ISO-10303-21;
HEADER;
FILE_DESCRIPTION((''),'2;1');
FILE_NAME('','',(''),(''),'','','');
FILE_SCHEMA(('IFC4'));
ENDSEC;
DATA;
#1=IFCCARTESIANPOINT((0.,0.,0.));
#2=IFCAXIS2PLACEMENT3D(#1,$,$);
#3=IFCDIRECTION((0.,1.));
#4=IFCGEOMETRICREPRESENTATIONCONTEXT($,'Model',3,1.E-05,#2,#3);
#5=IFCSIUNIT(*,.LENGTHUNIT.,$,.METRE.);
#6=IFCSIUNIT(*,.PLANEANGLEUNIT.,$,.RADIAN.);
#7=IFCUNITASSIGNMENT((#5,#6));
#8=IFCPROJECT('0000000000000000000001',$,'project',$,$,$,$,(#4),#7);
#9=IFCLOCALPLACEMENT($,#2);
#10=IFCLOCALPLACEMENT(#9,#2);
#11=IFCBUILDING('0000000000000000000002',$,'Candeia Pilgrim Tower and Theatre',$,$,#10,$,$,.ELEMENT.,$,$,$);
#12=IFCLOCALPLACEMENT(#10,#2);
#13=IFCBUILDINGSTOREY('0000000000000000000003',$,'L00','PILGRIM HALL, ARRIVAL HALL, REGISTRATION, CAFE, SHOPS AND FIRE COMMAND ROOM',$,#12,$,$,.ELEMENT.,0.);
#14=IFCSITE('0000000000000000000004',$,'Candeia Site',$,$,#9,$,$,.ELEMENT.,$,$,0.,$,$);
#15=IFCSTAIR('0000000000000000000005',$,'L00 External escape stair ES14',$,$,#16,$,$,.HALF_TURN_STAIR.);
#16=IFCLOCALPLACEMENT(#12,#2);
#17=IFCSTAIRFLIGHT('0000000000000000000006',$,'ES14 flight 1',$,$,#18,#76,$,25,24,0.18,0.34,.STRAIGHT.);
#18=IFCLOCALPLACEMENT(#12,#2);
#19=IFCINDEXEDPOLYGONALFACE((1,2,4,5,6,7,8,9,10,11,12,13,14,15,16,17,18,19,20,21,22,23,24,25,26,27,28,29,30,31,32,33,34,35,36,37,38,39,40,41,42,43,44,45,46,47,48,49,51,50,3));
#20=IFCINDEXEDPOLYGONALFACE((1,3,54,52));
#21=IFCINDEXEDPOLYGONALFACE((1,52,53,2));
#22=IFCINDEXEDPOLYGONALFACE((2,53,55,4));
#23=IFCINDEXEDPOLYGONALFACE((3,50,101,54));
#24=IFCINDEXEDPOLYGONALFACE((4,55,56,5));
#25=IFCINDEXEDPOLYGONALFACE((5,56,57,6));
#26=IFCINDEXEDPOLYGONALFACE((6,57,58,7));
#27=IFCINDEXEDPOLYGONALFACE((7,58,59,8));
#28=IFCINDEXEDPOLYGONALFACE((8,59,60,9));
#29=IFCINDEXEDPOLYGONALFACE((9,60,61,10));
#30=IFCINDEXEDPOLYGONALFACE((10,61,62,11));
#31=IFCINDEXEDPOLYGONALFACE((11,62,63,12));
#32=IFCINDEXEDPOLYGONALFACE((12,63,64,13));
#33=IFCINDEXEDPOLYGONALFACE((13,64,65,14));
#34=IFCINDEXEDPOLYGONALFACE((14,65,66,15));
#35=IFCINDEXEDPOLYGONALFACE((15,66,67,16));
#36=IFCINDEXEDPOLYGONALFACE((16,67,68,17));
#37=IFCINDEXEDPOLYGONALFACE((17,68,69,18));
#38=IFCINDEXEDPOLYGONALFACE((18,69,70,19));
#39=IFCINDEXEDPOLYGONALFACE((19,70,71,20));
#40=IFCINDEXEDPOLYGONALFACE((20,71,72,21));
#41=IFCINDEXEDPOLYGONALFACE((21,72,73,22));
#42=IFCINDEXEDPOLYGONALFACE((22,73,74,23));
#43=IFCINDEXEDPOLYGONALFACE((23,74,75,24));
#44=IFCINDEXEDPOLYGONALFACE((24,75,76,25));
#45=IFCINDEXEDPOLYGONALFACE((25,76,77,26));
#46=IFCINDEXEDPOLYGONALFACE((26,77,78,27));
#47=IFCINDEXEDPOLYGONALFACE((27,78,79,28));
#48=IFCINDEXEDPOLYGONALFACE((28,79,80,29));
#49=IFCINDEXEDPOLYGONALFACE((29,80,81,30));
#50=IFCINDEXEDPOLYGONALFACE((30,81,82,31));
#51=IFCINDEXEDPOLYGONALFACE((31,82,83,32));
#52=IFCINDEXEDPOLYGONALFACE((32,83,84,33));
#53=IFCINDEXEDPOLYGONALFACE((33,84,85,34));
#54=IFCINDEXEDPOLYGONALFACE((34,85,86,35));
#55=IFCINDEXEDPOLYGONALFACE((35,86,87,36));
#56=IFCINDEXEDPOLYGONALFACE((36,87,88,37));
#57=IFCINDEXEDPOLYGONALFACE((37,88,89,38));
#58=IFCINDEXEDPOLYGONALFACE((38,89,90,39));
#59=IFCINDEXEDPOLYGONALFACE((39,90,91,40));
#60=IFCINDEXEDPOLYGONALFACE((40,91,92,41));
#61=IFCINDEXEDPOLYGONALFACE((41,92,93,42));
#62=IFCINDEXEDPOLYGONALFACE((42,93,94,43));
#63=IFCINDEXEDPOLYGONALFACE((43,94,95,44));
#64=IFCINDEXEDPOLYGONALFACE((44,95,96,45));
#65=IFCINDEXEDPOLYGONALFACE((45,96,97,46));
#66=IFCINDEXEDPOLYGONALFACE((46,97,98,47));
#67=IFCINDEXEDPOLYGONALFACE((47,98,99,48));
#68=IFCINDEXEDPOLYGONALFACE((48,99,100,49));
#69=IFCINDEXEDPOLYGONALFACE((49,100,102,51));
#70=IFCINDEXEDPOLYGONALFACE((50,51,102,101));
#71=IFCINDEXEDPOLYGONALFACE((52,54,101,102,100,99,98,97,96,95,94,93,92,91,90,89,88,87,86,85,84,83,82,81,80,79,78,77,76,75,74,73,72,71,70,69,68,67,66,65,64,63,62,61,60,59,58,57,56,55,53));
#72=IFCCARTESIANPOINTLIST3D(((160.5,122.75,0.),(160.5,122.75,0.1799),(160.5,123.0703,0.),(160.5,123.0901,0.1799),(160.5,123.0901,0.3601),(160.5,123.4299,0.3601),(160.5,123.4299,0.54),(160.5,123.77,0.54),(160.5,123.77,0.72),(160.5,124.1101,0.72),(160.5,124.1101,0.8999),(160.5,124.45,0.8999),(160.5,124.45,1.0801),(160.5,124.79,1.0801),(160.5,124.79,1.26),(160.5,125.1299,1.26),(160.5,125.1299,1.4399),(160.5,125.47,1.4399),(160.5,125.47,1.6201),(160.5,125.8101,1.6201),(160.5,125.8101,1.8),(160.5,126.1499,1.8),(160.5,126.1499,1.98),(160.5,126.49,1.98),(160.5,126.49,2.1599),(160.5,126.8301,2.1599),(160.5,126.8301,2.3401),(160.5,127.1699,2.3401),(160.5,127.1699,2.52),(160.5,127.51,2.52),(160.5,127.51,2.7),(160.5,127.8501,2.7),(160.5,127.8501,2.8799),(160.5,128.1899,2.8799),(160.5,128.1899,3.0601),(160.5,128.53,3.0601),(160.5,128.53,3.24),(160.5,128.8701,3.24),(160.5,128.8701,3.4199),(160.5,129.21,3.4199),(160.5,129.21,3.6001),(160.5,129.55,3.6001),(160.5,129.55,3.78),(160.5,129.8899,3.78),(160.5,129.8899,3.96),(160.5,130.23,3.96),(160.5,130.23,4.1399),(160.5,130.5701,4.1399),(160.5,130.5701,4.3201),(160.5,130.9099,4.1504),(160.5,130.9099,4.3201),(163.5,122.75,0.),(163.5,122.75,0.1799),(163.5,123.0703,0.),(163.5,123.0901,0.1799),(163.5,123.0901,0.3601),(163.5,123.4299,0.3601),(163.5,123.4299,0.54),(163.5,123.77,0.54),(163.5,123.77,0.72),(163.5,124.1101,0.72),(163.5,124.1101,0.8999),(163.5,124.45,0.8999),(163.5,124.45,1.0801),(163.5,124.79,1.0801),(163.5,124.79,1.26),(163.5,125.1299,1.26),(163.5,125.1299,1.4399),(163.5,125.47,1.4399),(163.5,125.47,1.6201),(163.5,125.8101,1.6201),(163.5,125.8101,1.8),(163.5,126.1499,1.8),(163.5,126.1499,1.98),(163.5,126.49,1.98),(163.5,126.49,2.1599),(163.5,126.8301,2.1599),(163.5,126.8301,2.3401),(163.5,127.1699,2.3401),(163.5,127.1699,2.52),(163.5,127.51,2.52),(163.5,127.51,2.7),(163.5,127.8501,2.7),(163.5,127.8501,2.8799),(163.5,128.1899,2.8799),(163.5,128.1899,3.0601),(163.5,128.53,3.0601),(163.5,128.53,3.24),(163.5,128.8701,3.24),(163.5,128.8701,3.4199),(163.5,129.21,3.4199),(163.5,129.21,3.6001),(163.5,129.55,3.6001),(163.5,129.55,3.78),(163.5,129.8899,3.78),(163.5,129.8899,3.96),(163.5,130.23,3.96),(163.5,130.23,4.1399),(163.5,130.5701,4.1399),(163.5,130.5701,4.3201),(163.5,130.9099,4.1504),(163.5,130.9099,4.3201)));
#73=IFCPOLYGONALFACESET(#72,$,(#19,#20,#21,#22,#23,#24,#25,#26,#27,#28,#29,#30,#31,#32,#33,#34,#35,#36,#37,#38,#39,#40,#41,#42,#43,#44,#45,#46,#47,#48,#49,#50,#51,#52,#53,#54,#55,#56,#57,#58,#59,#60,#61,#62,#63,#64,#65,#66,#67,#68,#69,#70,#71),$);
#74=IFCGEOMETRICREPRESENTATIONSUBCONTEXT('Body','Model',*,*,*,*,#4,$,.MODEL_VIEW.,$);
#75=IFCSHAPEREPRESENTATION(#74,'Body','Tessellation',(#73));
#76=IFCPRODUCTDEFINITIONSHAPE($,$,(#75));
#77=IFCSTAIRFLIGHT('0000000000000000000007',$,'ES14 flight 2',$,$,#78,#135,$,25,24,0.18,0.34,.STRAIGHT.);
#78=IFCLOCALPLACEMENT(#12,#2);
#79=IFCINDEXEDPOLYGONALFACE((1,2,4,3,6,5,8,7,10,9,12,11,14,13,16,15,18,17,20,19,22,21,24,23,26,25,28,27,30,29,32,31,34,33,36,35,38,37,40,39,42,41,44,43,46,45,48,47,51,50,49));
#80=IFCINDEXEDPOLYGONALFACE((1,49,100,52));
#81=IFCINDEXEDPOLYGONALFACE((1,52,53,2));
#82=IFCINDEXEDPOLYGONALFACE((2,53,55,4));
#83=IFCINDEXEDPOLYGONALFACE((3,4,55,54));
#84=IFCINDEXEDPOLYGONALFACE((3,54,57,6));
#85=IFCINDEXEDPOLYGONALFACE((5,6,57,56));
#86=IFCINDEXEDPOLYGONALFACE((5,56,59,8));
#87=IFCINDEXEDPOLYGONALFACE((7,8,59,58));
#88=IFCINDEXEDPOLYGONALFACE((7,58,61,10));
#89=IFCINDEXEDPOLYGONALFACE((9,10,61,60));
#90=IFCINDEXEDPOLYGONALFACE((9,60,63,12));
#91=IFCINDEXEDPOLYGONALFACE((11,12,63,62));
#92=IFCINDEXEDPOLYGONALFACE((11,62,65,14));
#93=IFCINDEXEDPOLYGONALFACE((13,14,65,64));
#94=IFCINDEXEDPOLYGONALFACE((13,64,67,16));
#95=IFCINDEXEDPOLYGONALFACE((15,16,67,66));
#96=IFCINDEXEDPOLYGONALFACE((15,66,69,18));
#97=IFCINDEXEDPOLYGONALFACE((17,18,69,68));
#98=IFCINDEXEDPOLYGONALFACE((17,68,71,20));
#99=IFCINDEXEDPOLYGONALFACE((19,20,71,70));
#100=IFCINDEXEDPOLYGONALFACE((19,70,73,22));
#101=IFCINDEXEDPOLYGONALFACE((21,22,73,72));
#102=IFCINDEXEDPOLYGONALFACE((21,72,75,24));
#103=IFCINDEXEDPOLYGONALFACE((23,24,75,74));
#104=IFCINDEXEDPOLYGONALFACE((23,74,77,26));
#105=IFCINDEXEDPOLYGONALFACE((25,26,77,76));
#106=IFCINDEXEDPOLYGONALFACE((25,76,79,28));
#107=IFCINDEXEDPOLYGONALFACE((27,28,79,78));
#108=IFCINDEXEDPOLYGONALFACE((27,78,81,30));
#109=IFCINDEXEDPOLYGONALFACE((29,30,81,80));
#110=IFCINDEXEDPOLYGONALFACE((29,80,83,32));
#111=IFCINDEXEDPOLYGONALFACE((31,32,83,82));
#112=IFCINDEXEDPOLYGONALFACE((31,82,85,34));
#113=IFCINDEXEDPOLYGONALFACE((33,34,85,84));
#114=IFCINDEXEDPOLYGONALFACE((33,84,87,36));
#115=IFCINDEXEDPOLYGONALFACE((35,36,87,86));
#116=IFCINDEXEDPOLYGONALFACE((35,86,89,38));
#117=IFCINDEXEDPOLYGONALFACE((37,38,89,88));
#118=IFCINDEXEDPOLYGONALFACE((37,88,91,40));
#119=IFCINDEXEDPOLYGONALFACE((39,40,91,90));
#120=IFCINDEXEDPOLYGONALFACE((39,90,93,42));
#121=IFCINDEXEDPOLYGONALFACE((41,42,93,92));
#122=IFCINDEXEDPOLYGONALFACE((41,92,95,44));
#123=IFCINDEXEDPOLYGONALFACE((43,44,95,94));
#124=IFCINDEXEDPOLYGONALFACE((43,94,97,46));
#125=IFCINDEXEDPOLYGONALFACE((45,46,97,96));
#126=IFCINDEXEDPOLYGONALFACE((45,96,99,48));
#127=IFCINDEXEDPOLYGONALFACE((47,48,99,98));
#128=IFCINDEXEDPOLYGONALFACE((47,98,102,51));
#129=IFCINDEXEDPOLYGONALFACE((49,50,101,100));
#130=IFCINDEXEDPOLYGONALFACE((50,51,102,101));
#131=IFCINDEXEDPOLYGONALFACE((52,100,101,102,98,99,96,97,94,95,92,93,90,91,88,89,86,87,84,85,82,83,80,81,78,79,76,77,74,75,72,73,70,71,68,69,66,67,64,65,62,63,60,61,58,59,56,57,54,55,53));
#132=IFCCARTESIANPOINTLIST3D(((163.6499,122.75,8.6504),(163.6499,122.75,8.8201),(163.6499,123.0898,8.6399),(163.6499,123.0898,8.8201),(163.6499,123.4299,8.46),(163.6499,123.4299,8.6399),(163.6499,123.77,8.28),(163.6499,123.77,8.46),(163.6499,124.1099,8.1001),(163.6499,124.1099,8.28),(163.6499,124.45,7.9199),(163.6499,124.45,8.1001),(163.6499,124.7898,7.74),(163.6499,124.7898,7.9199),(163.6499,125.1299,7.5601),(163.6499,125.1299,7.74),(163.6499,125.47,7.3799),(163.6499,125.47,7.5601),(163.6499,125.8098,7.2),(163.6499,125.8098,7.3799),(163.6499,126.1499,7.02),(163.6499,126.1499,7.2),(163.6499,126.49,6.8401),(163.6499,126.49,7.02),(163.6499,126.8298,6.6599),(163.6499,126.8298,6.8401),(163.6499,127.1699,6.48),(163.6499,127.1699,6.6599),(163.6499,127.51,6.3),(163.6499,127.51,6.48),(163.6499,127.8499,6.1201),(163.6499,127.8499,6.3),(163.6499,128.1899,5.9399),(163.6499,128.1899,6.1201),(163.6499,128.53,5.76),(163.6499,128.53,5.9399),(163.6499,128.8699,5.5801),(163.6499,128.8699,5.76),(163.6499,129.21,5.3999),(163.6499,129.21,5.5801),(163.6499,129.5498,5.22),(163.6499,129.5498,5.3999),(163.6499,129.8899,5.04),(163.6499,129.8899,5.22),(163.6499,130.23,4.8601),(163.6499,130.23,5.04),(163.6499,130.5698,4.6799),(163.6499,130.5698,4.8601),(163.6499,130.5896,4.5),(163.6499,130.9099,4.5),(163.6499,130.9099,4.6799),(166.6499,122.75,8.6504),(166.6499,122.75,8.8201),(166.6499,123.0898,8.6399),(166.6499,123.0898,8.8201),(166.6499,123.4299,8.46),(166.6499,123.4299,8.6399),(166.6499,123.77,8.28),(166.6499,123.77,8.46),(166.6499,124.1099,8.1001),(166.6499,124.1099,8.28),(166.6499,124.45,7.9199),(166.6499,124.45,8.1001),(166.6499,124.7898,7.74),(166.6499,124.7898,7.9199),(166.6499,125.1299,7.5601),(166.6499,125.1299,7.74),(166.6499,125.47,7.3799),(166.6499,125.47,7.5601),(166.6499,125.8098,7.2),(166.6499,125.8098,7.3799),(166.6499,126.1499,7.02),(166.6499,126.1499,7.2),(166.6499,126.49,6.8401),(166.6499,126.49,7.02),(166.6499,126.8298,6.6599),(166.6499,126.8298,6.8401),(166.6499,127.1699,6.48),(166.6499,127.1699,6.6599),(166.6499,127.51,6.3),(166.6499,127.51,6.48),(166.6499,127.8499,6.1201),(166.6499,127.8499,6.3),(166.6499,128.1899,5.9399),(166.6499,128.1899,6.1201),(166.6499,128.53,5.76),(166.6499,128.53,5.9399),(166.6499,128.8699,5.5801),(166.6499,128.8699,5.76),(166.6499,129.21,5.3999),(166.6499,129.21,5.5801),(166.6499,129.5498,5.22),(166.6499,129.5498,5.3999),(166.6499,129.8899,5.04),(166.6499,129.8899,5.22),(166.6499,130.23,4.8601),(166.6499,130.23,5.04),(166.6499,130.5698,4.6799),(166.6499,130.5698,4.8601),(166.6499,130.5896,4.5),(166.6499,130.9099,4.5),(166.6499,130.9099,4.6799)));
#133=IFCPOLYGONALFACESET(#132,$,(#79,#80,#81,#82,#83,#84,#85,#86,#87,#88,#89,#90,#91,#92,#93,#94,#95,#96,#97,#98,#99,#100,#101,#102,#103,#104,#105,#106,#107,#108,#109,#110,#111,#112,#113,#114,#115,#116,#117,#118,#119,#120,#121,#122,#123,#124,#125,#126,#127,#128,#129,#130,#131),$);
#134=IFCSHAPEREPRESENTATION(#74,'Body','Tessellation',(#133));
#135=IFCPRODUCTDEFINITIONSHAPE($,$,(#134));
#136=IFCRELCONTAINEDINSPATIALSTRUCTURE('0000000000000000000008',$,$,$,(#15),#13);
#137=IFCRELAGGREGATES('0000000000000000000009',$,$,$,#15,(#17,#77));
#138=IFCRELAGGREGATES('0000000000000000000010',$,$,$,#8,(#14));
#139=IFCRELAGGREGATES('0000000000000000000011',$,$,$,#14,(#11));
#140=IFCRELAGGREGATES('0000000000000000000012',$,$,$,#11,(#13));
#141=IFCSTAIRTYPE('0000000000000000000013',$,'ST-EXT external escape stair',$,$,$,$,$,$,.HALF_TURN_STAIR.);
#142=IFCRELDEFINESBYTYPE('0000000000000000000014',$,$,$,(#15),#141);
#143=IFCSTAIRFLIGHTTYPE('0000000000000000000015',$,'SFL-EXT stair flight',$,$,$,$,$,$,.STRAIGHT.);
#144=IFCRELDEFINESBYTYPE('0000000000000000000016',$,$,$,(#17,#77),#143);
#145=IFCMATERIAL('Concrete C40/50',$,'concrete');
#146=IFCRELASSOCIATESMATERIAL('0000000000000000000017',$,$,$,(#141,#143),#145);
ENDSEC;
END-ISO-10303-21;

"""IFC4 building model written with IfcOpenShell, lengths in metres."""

from ifc_helpers import new_model, si_unit, direction, frame, origin, place, context, subcontext, project, spatial, polyline, outline, extrude, material, type_object, element, aggregate, save


model = new_model("IFC4")

# Units and contexts
model_context = context("Model", 3, precision=1e-05, world=origin(), true_north=direction((0.0, 1.0)))
body_context = subcontext(model_context, "Body", "Model", "MODEL_VIEW")
ifc_project = project(units=[si_unit("LENGTHUNIT", "METRE"), si_unit("PLANEANGLEUNIT", "RADIAN")], contexts=[model_context])

# Site, building, storey
site_placement = place(None, origin())
site = spatial("IfcSite", under=ifc_project, at=site_placement, Name="Candeia Site", CompositionType="ELEMENT", RefElevation=0.0)
building_placement = place(site_placement, origin())
building = spatial("IfcBuilding", under=site, at=building_placement, Name="Candeia Pilgrim Tower and Theatre", CompositionType="ELEMENT")
storey_placement = place(building_placement, origin())
storey = spatial("IfcBuildingStorey", under=building, at=storey_placement, Name="L00", Description="PILGRIM HALL, ARRIVAL HALL, REGISTRATION, CAFE, SHOPS AND FIRE COMMAND ROOM", CompositionType="ELEMENT", Elevation=0.0)

# Shared definitions
ifc_material_1 = material(Name="Concrete C40/50", Category="concrete")

# Stair, stair flights
stair_type = type_object("IfcStairType", Name="ST-EXT external escape stair", PredefinedType="HALF_TURN_STAIR", material=ifc_material_1)
stair_placement = place(storey_placement, origin())
stair = element("IfcStair", 1, at=stair_placement, inside=storey, type_object=stair_type, Name="L00 External escape stair ES14", PredefinedType="HALF_TURN_STAIR")
stair_flight_type = type_object("IfcStairFlightType", Name="SFL-EXT stair flight", PredefinedType="STRAIGHT", material=ifc_material_1)
stair_flight_1_placement = place(storey_placement, frame((162.0, 122.75, 0.0), z_axis=(0.0, 0.0, 1.0), x_axis=(0.0, 1.0, 0.0)))
stair_flight_1 = element("IfcStairFlight", 2, at=stair_flight_1_placement, type_object=stair_flight_type, Name="ES14 flight 1", NumberOfRisers=25, NumberOfTreads=24, PredefinedType="STRAIGHT", RiserHeight=0.18, TreadLength=0.34, context=body_context, shape_type="SweptSolid", body=[
    extrude(outline(polyline([(0.0, 0.0), (0.0, 0.1799), (0.3401, 0.1799), (0.3401, 0.3601), (0.6799, 0.3601), (0.6799, 0.54), (1.02, 0.54), (1.02, 0.72), (1.3601, 0.72), (1.3601, 0.8999), (1.7, 0.8999), (1.7, 1.0801), (2.04, 1.0801), (2.04, 1.26), (2.3799, 1.26), (2.3799, 1.4399), (2.72, 1.4399), (2.72, 1.6201), (3.0601, 1.6201), (3.0601, 1.8), (3.3999, 1.8), (3.3999, 1.98), (3.74, 1.98), (3.74, 2.1599), (4.0801, 2.1599), (4.0801, 2.3401), (4.4199, 2.3401), (4.4199, 2.52), (4.76, 2.52), (4.76, 2.7), (5.1001, 2.7), (5.1001, 2.8799), (5.4399, 2.8799), (5.4399, 3.0601), (5.78, 3.0601), (5.78, 3.24), (6.1201, 3.24), (6.1201, 3.4199), (6.46, 3.4199), (6.46, 3.6001), (6.8, 3.6001), (6.8, 3.78), (7.1399, 3.78), (7.1399, 3.96), (7.48, 3.96), (7.48, 4.1399), (7.8201, 4.1399), (7.8201, 4.3201), (8.1599, 4.3201), (8.1599, 4.5), (8.1599, 4.1504), (0.3203, 0.0), (0.0, 0.0)])), frame((0.0, 1.5, 0.0), z_axis=(0.0, -1.0, 0.0), x_axis=(1.0, 0.0, 0.0)), (0.0, 0.0, 1.0), 3.0),
])
stair_flight_2_placement = place(storey_placement, frame((165.1499, 130.9099, 4.5), z_axis=(0.0, 0.0, 1.0), x_axis=(0.0, -1.0, 0.0)))
stair_flight_2 = element("IfcStairFlight", 3, at=stair_flight_2_placement, type_object=stair_flight_type, Name="ES14 flight 2", NumberOfRisers=25, NumberOfTreads=24, PredefinedType="STRAIGHT", RiserHeight=0.18, TreadLength=0.34, context=body_context, shape_type="SweptSolid", body=[
    extrude(outline(polyline([(0.0, 0.0), (0.0, 0.1799), (0.3401, 0.1799), (0.3401, 0.3601), (0.6799, 0.3601), (0.6799, 0.54), (1.02, 0.54), (1.02, 0.72), (1.3601, 0.72), (1.3601, 0.8999), (1.7, 0.8999), (1.7, 1.0801), (2.04, 1.0801), (2.04, 1.26), (2.3799, 1.26), (2.3799, 1.4399), (2.72, 1.4399), (2.72, 1.6201), (3.0601, 1.6201), (3.0601, 1.8), (3.3999, 1.8), (3.3999, 1.98), (3.74, 1.98), (3.74, 2.1599), (4.0801, 2.1599), (4.0801, 2.3401), (4.4199, 2.3401), (4.4199, 2.52), (4.76, 2.52), (4.76, 2.7), (5.1001, 2.7), (5.1001, 2.8799), (5.4399, 2.8799), (5.4399, 3.0601), (5.78, 3.0601), (5.78, 3.24), (6.1201, 3.24), (6.1201, 3.4199), (6.46, 3.4199), (6.46, 3.6001), (6.8, 3.6001), (6.8, 3.78), (7.1399, 3.78), (7.1399, 3.96), (7.48, 3.96), (7.48, 4.1399), (7.8201, 4.1399), (7.8201, 4.3201), (8.1599, 4.3201), (8.1599, 4.5), (8.1599, 4.1504), (0.3203, 0.0), (0.0, 0.0)])), frame((0.0, 1.5, 0.0), z_axis=(0.0, -1.0, 0.0), x_axis=(1.0, 0.0, 0.0)), (0.0, 0.0, 1.0), 3.0),
])
aggregate(stair, [stair_flight_1, stair_flight_2])

save(model, "model.ifc")
